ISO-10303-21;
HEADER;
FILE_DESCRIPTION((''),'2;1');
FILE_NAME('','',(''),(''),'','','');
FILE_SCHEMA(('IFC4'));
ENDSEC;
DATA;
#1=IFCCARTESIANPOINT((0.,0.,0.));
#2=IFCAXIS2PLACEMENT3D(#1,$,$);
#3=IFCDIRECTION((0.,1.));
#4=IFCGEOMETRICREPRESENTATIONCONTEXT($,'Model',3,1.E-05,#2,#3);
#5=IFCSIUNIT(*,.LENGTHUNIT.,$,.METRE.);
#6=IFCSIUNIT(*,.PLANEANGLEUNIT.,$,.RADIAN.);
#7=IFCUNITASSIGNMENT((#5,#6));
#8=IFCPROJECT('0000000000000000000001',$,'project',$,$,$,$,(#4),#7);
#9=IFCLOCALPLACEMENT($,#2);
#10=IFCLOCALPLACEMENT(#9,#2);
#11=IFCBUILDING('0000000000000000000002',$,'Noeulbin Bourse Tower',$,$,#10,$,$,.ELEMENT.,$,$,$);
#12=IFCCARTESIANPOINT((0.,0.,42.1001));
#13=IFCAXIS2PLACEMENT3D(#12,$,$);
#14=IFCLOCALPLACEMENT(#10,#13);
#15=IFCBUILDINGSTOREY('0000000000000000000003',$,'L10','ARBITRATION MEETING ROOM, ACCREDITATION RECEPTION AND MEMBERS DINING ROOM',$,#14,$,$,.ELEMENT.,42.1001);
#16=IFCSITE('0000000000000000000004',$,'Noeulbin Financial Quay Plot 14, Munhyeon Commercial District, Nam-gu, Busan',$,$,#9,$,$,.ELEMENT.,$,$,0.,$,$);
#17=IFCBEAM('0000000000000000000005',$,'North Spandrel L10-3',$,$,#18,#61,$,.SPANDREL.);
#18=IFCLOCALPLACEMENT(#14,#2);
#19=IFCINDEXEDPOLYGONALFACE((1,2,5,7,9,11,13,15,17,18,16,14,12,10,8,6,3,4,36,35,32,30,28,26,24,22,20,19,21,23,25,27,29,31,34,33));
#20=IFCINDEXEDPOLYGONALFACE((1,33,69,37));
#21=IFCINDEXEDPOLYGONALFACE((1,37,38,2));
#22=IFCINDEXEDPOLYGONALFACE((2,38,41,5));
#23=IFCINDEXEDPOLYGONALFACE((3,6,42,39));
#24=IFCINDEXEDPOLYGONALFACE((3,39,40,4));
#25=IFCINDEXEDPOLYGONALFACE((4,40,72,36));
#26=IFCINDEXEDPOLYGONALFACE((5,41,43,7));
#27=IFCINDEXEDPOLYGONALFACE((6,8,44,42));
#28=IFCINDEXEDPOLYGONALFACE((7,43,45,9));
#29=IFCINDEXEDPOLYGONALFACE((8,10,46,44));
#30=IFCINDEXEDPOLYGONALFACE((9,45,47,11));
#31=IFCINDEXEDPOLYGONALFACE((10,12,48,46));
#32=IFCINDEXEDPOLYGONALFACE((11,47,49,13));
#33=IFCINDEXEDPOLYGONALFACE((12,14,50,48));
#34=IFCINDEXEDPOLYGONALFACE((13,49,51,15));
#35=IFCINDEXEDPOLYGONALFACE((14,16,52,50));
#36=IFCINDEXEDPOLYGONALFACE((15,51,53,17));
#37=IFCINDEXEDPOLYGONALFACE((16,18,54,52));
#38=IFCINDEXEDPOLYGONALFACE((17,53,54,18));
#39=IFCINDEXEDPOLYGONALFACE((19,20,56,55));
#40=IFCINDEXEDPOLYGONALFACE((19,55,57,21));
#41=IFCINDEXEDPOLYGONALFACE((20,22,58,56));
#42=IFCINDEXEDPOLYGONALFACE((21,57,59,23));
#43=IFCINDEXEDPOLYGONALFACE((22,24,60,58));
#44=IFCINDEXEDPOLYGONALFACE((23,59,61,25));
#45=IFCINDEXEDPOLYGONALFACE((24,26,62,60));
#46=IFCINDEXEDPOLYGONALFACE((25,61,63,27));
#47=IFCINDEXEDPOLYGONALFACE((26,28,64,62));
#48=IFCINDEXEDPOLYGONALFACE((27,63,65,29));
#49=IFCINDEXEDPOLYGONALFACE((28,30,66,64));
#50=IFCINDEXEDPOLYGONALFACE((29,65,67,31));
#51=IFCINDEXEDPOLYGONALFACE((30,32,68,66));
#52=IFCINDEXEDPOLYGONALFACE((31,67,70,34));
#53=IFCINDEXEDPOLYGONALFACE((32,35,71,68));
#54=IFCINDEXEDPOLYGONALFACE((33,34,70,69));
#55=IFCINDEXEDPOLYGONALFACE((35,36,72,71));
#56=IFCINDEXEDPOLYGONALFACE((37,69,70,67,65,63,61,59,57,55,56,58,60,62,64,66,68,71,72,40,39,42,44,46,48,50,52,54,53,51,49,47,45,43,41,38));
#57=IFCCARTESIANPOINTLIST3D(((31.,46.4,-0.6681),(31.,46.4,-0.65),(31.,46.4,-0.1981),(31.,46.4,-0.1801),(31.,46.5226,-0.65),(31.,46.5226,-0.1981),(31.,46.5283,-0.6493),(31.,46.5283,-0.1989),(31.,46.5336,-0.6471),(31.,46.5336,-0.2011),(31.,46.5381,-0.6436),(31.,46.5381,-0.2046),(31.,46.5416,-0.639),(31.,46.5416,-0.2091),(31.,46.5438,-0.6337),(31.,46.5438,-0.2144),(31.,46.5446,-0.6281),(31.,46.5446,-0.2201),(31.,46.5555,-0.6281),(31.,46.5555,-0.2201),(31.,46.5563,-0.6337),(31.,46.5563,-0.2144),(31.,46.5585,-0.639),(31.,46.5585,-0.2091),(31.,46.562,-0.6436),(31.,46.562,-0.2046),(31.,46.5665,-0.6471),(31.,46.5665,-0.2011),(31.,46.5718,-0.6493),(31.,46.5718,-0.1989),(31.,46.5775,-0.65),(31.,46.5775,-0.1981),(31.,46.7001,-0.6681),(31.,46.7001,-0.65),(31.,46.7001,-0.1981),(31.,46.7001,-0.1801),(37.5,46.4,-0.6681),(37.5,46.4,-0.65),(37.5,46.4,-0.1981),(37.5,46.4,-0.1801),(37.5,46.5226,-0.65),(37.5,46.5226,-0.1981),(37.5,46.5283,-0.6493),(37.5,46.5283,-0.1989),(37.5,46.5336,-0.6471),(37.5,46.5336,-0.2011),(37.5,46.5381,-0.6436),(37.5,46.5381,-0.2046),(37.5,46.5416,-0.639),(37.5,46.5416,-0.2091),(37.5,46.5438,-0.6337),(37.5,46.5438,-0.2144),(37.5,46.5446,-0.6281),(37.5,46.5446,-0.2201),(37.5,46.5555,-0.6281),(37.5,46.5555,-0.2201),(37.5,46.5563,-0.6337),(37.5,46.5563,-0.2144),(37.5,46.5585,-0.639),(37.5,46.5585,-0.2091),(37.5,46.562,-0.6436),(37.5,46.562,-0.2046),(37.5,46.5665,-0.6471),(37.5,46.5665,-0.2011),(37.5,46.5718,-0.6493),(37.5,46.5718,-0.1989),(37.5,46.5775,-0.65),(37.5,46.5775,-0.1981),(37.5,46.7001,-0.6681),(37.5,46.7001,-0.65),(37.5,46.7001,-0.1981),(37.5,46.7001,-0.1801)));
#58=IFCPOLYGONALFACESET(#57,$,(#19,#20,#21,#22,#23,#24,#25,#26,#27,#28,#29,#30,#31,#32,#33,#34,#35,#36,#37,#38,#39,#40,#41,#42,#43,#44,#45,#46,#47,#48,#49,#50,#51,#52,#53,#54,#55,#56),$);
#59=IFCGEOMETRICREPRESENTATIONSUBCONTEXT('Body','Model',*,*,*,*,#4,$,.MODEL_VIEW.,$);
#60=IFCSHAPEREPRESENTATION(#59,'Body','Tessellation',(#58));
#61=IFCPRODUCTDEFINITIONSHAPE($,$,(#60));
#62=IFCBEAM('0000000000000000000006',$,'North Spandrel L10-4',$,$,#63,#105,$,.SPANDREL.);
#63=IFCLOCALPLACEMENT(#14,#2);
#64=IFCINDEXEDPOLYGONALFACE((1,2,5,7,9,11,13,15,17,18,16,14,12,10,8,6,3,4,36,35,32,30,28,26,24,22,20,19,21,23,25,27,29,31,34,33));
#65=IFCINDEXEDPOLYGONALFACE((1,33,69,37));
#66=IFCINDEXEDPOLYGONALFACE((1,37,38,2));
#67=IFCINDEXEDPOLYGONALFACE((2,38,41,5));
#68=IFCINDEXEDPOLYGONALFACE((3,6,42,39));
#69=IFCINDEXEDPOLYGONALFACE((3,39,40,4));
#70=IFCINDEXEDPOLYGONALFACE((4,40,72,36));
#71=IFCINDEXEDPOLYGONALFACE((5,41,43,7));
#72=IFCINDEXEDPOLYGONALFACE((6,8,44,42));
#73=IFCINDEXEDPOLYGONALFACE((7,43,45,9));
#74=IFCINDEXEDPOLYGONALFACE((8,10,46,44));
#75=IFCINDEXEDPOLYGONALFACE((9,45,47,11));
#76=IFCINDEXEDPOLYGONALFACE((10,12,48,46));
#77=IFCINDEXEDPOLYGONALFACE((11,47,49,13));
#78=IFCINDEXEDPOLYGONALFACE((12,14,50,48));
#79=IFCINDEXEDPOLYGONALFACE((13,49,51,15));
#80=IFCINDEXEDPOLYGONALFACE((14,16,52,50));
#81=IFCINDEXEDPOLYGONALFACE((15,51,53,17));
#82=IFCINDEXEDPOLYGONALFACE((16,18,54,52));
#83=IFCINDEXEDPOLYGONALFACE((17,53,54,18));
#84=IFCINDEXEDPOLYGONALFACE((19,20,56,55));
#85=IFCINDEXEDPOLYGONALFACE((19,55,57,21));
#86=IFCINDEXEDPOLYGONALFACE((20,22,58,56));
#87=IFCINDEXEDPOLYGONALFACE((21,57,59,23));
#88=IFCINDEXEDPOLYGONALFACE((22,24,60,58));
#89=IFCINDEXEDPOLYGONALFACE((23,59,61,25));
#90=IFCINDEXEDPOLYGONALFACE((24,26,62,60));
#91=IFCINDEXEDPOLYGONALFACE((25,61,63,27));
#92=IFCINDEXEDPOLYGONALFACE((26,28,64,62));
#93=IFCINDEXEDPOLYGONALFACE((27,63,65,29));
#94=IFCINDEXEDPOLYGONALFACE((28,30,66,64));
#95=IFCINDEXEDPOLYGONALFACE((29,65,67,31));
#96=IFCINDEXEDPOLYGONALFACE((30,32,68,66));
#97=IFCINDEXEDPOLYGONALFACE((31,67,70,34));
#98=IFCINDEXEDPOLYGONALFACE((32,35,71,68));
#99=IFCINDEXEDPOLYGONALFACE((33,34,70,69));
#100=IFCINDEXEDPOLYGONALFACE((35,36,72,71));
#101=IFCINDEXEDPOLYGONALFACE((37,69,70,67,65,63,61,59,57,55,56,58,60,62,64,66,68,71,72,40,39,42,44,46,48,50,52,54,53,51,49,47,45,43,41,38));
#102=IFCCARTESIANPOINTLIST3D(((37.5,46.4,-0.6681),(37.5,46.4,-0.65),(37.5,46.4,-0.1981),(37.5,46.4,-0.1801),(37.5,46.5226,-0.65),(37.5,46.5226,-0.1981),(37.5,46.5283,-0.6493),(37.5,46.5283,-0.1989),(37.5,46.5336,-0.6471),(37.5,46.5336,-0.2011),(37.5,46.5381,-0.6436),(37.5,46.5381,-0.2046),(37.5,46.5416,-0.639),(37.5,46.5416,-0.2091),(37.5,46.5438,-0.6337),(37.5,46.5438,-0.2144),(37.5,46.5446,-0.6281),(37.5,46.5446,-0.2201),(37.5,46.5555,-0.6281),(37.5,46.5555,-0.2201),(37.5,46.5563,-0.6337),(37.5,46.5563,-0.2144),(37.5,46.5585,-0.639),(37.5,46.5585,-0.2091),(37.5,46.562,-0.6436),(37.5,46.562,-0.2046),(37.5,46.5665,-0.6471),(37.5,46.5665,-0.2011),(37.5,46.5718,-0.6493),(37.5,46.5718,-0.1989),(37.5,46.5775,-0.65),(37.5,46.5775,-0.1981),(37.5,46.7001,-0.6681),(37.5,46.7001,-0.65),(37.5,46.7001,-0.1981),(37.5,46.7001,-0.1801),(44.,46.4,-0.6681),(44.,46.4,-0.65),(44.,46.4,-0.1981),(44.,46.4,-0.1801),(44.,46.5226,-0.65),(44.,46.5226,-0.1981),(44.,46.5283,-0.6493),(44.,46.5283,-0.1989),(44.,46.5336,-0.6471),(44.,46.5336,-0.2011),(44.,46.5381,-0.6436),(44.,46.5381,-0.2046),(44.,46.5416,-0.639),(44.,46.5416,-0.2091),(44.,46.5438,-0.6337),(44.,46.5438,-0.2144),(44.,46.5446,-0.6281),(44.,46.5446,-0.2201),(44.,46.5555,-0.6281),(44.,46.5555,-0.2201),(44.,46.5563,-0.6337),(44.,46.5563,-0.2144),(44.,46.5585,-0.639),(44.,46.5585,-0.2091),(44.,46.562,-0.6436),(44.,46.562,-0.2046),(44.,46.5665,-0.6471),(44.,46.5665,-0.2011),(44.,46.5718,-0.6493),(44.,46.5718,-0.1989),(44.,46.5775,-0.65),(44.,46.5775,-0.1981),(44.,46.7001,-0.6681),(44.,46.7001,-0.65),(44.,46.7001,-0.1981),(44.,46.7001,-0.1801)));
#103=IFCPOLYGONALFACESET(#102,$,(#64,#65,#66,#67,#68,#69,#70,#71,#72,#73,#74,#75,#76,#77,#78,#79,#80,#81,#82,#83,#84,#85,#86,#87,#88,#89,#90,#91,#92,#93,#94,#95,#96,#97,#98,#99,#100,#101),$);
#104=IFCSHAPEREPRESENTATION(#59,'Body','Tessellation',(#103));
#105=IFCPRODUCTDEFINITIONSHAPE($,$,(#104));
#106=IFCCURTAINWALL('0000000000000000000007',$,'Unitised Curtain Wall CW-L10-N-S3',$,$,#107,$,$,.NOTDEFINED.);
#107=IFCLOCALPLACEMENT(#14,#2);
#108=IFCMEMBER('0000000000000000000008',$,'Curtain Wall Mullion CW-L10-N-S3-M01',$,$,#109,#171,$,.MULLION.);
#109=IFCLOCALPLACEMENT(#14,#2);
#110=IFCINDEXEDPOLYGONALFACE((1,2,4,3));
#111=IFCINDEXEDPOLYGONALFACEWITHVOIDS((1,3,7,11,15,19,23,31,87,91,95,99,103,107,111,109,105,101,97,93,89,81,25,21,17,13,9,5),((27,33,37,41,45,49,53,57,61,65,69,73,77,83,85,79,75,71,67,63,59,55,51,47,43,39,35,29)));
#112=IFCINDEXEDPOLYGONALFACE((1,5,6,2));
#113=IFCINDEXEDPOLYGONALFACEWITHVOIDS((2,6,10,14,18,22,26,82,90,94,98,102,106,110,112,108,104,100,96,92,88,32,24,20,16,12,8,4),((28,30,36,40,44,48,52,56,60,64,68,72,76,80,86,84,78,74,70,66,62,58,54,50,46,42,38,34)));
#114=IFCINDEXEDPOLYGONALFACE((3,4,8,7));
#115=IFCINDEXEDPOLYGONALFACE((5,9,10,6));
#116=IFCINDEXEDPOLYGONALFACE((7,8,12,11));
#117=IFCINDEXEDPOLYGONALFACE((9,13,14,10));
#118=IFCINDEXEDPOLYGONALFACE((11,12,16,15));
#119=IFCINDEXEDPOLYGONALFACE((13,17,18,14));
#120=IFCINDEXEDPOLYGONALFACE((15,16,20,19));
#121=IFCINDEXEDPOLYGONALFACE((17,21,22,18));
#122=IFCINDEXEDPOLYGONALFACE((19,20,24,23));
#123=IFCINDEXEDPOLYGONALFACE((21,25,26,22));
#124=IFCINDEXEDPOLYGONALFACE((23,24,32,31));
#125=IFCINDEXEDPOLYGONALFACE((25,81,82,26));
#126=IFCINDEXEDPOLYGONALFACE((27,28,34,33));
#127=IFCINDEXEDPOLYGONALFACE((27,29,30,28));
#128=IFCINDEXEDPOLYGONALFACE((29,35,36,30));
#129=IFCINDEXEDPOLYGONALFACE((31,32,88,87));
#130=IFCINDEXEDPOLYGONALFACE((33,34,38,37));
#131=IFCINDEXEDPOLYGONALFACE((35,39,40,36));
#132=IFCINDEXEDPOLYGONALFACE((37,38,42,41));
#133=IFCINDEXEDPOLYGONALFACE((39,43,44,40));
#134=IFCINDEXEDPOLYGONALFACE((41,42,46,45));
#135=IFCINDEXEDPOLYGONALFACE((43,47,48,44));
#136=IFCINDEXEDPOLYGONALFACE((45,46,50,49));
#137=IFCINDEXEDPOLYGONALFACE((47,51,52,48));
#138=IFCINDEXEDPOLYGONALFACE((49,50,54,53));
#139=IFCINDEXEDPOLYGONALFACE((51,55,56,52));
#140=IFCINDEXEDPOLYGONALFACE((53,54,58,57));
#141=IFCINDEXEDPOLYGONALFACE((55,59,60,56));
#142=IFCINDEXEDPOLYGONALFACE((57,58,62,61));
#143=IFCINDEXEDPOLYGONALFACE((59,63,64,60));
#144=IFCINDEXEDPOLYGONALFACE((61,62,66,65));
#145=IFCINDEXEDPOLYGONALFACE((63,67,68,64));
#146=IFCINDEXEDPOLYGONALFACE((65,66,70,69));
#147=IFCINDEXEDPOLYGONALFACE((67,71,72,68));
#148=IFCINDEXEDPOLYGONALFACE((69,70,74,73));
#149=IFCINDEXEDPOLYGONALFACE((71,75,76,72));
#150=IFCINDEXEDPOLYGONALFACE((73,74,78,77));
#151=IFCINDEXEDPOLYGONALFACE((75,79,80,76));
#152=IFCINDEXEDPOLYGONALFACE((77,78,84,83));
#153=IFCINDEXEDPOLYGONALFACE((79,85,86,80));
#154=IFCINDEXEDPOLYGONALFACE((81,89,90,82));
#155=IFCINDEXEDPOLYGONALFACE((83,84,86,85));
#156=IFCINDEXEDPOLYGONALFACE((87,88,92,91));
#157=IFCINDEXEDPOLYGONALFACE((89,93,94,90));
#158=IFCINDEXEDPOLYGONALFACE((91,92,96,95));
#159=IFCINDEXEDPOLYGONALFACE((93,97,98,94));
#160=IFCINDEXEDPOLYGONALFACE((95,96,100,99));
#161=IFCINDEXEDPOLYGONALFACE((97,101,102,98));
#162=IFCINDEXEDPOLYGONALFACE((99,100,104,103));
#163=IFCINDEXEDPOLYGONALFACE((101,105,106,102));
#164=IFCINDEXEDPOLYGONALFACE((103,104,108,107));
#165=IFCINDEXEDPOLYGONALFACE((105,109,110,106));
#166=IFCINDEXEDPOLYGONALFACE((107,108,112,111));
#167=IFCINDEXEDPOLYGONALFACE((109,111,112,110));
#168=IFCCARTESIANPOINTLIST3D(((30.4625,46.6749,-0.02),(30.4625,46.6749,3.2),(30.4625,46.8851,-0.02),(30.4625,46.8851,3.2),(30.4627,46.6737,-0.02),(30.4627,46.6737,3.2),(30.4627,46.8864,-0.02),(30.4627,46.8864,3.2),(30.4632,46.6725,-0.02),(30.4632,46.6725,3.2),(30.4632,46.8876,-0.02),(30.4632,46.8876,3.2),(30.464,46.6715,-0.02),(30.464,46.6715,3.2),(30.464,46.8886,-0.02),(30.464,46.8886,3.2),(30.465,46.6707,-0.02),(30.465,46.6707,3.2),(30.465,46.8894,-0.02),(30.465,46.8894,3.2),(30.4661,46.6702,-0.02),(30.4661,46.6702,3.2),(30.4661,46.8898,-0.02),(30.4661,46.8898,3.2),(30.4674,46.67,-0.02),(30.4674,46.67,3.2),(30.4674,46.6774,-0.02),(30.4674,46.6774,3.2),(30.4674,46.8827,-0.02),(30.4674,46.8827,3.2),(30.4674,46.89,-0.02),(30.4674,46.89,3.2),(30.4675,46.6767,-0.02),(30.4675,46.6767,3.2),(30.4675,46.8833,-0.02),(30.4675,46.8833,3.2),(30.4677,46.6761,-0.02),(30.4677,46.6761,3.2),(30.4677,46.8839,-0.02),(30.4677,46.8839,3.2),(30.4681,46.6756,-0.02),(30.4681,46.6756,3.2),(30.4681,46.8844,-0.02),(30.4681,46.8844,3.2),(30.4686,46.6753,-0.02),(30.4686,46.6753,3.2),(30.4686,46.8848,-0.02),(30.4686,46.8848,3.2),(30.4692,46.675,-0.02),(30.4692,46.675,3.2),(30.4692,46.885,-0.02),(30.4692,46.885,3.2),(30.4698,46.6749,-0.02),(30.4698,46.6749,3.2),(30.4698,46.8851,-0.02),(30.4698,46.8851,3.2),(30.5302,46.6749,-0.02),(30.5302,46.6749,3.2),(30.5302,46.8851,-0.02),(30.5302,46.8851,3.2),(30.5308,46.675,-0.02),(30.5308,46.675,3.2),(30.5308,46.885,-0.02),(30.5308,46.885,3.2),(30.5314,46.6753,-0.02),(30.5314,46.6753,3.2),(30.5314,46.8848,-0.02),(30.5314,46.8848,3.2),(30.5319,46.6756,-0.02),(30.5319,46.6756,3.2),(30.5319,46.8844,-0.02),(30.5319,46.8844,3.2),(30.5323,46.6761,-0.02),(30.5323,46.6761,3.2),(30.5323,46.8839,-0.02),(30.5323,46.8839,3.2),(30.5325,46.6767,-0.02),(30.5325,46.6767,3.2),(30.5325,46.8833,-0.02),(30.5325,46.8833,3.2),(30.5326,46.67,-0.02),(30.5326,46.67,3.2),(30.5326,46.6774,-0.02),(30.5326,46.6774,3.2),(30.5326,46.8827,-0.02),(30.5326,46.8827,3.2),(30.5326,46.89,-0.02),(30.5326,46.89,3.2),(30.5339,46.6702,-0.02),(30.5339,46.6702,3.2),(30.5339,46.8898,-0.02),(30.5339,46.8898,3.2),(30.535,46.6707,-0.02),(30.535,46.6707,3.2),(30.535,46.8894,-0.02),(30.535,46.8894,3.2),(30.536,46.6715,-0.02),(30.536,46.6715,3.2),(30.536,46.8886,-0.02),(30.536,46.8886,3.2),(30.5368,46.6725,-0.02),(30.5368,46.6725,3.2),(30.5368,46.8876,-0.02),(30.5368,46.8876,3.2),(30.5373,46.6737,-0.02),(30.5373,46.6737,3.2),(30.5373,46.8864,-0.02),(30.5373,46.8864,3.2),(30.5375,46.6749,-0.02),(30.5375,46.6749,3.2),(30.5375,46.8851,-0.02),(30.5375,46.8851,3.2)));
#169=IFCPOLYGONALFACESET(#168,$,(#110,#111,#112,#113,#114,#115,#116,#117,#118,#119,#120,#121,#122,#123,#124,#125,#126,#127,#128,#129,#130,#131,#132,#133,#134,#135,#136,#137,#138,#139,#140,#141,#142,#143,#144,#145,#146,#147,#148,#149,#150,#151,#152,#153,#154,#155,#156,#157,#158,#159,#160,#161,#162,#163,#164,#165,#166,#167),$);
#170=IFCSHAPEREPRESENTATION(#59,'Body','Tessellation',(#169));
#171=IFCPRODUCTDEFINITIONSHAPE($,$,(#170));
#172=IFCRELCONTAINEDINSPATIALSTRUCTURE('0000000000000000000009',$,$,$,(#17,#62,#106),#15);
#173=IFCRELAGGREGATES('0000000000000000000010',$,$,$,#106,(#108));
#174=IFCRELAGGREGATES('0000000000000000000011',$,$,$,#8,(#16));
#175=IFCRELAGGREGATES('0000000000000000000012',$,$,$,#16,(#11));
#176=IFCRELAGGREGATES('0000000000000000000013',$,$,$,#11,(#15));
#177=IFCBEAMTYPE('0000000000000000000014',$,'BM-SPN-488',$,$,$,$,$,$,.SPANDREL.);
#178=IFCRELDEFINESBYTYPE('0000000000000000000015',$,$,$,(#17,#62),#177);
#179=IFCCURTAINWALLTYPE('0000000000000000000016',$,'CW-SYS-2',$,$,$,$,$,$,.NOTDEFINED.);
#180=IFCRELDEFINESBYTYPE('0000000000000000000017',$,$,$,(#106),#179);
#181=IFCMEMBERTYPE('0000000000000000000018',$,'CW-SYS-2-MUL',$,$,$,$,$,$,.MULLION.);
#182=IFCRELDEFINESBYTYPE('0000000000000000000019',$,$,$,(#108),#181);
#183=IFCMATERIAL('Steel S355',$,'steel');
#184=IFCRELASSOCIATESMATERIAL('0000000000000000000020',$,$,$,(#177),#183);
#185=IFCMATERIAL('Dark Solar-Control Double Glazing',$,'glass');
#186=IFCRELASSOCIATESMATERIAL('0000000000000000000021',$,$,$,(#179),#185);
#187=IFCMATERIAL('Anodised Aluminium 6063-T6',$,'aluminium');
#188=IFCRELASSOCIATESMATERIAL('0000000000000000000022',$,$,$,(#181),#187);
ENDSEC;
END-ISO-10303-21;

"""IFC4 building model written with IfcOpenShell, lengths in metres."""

from ifc_helpers import new_model, si_unit, direction, frame, origin, origin_2d, place, context, subcontext, project, spatial, hollow_rectangle, i_section, extrude, material, material_profile, profile_set, type_object, element, aggregate, save


model = new_model("IFC4")

# Units and contexts
model_context = context("Model", 3, precision=1e-05, world=origin(), true_north=direction((0.0, 1.0)))
body_context = subcontext(model_context, "Body", "Model", "MODEL_VIEW")
ifc_project = project(units=[si_unit("LENGTHUNIT", "METRE"), si_unit("PLANEANGLEUNIT", "RADIAN")], contexts=[model_context])

# Site, building, storey
site_placement = place(None, origin())
site = spatial("IfcSite", under=ifc_project, at=site_placement, Name="Noeulbin Financial Quay Plot 14, Munhyeon Commercial District, Nam-gu, Busan", CompositionType="ELEMENT", RefElevation=0.0)
building_placement = place(site_placement, origin())
building = spatial("IfcBuilding", under=site, at=building_placement, Name="Noeulbin Bourse Tower", CompositionType="ELEMENT")
storey_placement = place(building_placement, frame((0.0, 0.0, 42.1001)))
storey = spatial("IfcBuildingStorey", under=building, at=storey_placement, Name="L10", Description="ARBITRATION MEETING ROOM, ACCREDITATION RECEPTION AND MEMBERS DINING ROOM", CompositionType="ELEMENT", Elevation=42.1001)

# Beams
ifc_material_1 = material(Name="Steel S355", Category="steel")
ifc_material_profile_1 = material_profile(ifc_material_1, i_section(OverallWidth=0.3, OverallDepth=0.488, WebThickness=0.011, FlangeThickness=0.0181, FilletRadius=0.022, at=origin_2d()), Name="H-488x300x11x18", Category="LoadBearing")
ifc_profile_set_1 = profile_set([ifc_material_profile_1], Name="Steel S355")
beam_type_1 = type_object("IfcBeamType", Name="BM-SPN-488", PredefinedType="SPANDREL", material=ifc_profile_set_1)
for number, where, z_axis, x_axis, name in (
    (1, (31.0, 46.55, -0.4241), (1.0, 0.0, 0.0), (0.0, 1.0, 0.0), "North Spandrel L10-3"),
    (2, (37.5, 46.55, -0.4241), (1.0, 0.0, 0.0), (0.0, 1.0, 0.0), "North Spandrel L10-4"),
):
    element("IfcBeam", number, at=place(storey_placement, frame(where, z_axis=z_axis, x_axis=x_axis)), inside=storey, type_object=beam_type_1, Name=name, PredefinedType="SPANDREL", context=body_context, shape_type="SweptSolid", body=[
        extrude(i_section(OverallWidth=0.3, OverallDepth=0.488, WebThickness=0.011, FlangeThickness=0.0181, FilletRadius=0.022, at=origin_2d()), origin(), (0.0, 0.0, 1.0), 6.5),
    ])

# Curtain wall, member
ifc_material_2 = material(Name="Dark Solar-Control Double Glazing", Category="glass")
curtain_wall_type = type_object("IfcCurtainWallType", Name="CW-SYS-2", PredefinedType="NOTDEFINED", material=ifc_material_2)
curtain_wall_1_placement = place(storey_placement, origin())
curtain_wall_1 = element("IfcCurtainWall", 3, at=curtain_wall_1_placement, inside=storey, type_object=curtain_wall_type, Name="Unitised Curtain Wall CW-L10-N-S3", PredefinedType="NOTDEFINED")
ifc_material_3 = material(Name="Anodised Aluminium 6063-T6", Category="aluminium")
ifc_material_profile_2 = material_profile(ifc_material_3, hollow_rectangle(XDim=0.075, YDim=0.22, WallThickness=0.0049, InnerFilletRadius=0.0024, OuterFilletRadius=0.0049, at=origin_2d()), Name="ALU-MULL-75x220x5", Category="LoadBearing")
ifc_profile_set_2 = profile_set([ifc_material_profile_2], Name="Anodised Aluminium 6063-T6")
member_type_1 = type_object("IfcMemberType", Name="CW-SYS-2-MUL", PredefinedType="MULLION", material=ifc_profile_set_2)
member_1_placement = place(storey_placement, frame((30.5, 46.78, -0.02), z_axis=(0.0, 0.0, 1.0), x_axis=(1.0, 0.0, 0.0)))
member_1 = element("IfcMember", 4, at=member_1_placement, type_object=member_type_1, Name="Curtain Wall Mullion CW-L10-N-S3-M01", PredefinedType="MULLION", context=body_context, shape_type="SweptSolid", body=[
    extrude(hollow_rectangle(XDim=0.075, YDim=0.22, WallThickness=0.0049, InnerFilletRadius=0.0024, OuterFilletRadius=0.0049, at=origin_2d()), origin(), (0.0, 0.0, 1.0), 3.22),
])
aggregate(curtain_wall_1, [member_1])

save(model, "model.ifc")
